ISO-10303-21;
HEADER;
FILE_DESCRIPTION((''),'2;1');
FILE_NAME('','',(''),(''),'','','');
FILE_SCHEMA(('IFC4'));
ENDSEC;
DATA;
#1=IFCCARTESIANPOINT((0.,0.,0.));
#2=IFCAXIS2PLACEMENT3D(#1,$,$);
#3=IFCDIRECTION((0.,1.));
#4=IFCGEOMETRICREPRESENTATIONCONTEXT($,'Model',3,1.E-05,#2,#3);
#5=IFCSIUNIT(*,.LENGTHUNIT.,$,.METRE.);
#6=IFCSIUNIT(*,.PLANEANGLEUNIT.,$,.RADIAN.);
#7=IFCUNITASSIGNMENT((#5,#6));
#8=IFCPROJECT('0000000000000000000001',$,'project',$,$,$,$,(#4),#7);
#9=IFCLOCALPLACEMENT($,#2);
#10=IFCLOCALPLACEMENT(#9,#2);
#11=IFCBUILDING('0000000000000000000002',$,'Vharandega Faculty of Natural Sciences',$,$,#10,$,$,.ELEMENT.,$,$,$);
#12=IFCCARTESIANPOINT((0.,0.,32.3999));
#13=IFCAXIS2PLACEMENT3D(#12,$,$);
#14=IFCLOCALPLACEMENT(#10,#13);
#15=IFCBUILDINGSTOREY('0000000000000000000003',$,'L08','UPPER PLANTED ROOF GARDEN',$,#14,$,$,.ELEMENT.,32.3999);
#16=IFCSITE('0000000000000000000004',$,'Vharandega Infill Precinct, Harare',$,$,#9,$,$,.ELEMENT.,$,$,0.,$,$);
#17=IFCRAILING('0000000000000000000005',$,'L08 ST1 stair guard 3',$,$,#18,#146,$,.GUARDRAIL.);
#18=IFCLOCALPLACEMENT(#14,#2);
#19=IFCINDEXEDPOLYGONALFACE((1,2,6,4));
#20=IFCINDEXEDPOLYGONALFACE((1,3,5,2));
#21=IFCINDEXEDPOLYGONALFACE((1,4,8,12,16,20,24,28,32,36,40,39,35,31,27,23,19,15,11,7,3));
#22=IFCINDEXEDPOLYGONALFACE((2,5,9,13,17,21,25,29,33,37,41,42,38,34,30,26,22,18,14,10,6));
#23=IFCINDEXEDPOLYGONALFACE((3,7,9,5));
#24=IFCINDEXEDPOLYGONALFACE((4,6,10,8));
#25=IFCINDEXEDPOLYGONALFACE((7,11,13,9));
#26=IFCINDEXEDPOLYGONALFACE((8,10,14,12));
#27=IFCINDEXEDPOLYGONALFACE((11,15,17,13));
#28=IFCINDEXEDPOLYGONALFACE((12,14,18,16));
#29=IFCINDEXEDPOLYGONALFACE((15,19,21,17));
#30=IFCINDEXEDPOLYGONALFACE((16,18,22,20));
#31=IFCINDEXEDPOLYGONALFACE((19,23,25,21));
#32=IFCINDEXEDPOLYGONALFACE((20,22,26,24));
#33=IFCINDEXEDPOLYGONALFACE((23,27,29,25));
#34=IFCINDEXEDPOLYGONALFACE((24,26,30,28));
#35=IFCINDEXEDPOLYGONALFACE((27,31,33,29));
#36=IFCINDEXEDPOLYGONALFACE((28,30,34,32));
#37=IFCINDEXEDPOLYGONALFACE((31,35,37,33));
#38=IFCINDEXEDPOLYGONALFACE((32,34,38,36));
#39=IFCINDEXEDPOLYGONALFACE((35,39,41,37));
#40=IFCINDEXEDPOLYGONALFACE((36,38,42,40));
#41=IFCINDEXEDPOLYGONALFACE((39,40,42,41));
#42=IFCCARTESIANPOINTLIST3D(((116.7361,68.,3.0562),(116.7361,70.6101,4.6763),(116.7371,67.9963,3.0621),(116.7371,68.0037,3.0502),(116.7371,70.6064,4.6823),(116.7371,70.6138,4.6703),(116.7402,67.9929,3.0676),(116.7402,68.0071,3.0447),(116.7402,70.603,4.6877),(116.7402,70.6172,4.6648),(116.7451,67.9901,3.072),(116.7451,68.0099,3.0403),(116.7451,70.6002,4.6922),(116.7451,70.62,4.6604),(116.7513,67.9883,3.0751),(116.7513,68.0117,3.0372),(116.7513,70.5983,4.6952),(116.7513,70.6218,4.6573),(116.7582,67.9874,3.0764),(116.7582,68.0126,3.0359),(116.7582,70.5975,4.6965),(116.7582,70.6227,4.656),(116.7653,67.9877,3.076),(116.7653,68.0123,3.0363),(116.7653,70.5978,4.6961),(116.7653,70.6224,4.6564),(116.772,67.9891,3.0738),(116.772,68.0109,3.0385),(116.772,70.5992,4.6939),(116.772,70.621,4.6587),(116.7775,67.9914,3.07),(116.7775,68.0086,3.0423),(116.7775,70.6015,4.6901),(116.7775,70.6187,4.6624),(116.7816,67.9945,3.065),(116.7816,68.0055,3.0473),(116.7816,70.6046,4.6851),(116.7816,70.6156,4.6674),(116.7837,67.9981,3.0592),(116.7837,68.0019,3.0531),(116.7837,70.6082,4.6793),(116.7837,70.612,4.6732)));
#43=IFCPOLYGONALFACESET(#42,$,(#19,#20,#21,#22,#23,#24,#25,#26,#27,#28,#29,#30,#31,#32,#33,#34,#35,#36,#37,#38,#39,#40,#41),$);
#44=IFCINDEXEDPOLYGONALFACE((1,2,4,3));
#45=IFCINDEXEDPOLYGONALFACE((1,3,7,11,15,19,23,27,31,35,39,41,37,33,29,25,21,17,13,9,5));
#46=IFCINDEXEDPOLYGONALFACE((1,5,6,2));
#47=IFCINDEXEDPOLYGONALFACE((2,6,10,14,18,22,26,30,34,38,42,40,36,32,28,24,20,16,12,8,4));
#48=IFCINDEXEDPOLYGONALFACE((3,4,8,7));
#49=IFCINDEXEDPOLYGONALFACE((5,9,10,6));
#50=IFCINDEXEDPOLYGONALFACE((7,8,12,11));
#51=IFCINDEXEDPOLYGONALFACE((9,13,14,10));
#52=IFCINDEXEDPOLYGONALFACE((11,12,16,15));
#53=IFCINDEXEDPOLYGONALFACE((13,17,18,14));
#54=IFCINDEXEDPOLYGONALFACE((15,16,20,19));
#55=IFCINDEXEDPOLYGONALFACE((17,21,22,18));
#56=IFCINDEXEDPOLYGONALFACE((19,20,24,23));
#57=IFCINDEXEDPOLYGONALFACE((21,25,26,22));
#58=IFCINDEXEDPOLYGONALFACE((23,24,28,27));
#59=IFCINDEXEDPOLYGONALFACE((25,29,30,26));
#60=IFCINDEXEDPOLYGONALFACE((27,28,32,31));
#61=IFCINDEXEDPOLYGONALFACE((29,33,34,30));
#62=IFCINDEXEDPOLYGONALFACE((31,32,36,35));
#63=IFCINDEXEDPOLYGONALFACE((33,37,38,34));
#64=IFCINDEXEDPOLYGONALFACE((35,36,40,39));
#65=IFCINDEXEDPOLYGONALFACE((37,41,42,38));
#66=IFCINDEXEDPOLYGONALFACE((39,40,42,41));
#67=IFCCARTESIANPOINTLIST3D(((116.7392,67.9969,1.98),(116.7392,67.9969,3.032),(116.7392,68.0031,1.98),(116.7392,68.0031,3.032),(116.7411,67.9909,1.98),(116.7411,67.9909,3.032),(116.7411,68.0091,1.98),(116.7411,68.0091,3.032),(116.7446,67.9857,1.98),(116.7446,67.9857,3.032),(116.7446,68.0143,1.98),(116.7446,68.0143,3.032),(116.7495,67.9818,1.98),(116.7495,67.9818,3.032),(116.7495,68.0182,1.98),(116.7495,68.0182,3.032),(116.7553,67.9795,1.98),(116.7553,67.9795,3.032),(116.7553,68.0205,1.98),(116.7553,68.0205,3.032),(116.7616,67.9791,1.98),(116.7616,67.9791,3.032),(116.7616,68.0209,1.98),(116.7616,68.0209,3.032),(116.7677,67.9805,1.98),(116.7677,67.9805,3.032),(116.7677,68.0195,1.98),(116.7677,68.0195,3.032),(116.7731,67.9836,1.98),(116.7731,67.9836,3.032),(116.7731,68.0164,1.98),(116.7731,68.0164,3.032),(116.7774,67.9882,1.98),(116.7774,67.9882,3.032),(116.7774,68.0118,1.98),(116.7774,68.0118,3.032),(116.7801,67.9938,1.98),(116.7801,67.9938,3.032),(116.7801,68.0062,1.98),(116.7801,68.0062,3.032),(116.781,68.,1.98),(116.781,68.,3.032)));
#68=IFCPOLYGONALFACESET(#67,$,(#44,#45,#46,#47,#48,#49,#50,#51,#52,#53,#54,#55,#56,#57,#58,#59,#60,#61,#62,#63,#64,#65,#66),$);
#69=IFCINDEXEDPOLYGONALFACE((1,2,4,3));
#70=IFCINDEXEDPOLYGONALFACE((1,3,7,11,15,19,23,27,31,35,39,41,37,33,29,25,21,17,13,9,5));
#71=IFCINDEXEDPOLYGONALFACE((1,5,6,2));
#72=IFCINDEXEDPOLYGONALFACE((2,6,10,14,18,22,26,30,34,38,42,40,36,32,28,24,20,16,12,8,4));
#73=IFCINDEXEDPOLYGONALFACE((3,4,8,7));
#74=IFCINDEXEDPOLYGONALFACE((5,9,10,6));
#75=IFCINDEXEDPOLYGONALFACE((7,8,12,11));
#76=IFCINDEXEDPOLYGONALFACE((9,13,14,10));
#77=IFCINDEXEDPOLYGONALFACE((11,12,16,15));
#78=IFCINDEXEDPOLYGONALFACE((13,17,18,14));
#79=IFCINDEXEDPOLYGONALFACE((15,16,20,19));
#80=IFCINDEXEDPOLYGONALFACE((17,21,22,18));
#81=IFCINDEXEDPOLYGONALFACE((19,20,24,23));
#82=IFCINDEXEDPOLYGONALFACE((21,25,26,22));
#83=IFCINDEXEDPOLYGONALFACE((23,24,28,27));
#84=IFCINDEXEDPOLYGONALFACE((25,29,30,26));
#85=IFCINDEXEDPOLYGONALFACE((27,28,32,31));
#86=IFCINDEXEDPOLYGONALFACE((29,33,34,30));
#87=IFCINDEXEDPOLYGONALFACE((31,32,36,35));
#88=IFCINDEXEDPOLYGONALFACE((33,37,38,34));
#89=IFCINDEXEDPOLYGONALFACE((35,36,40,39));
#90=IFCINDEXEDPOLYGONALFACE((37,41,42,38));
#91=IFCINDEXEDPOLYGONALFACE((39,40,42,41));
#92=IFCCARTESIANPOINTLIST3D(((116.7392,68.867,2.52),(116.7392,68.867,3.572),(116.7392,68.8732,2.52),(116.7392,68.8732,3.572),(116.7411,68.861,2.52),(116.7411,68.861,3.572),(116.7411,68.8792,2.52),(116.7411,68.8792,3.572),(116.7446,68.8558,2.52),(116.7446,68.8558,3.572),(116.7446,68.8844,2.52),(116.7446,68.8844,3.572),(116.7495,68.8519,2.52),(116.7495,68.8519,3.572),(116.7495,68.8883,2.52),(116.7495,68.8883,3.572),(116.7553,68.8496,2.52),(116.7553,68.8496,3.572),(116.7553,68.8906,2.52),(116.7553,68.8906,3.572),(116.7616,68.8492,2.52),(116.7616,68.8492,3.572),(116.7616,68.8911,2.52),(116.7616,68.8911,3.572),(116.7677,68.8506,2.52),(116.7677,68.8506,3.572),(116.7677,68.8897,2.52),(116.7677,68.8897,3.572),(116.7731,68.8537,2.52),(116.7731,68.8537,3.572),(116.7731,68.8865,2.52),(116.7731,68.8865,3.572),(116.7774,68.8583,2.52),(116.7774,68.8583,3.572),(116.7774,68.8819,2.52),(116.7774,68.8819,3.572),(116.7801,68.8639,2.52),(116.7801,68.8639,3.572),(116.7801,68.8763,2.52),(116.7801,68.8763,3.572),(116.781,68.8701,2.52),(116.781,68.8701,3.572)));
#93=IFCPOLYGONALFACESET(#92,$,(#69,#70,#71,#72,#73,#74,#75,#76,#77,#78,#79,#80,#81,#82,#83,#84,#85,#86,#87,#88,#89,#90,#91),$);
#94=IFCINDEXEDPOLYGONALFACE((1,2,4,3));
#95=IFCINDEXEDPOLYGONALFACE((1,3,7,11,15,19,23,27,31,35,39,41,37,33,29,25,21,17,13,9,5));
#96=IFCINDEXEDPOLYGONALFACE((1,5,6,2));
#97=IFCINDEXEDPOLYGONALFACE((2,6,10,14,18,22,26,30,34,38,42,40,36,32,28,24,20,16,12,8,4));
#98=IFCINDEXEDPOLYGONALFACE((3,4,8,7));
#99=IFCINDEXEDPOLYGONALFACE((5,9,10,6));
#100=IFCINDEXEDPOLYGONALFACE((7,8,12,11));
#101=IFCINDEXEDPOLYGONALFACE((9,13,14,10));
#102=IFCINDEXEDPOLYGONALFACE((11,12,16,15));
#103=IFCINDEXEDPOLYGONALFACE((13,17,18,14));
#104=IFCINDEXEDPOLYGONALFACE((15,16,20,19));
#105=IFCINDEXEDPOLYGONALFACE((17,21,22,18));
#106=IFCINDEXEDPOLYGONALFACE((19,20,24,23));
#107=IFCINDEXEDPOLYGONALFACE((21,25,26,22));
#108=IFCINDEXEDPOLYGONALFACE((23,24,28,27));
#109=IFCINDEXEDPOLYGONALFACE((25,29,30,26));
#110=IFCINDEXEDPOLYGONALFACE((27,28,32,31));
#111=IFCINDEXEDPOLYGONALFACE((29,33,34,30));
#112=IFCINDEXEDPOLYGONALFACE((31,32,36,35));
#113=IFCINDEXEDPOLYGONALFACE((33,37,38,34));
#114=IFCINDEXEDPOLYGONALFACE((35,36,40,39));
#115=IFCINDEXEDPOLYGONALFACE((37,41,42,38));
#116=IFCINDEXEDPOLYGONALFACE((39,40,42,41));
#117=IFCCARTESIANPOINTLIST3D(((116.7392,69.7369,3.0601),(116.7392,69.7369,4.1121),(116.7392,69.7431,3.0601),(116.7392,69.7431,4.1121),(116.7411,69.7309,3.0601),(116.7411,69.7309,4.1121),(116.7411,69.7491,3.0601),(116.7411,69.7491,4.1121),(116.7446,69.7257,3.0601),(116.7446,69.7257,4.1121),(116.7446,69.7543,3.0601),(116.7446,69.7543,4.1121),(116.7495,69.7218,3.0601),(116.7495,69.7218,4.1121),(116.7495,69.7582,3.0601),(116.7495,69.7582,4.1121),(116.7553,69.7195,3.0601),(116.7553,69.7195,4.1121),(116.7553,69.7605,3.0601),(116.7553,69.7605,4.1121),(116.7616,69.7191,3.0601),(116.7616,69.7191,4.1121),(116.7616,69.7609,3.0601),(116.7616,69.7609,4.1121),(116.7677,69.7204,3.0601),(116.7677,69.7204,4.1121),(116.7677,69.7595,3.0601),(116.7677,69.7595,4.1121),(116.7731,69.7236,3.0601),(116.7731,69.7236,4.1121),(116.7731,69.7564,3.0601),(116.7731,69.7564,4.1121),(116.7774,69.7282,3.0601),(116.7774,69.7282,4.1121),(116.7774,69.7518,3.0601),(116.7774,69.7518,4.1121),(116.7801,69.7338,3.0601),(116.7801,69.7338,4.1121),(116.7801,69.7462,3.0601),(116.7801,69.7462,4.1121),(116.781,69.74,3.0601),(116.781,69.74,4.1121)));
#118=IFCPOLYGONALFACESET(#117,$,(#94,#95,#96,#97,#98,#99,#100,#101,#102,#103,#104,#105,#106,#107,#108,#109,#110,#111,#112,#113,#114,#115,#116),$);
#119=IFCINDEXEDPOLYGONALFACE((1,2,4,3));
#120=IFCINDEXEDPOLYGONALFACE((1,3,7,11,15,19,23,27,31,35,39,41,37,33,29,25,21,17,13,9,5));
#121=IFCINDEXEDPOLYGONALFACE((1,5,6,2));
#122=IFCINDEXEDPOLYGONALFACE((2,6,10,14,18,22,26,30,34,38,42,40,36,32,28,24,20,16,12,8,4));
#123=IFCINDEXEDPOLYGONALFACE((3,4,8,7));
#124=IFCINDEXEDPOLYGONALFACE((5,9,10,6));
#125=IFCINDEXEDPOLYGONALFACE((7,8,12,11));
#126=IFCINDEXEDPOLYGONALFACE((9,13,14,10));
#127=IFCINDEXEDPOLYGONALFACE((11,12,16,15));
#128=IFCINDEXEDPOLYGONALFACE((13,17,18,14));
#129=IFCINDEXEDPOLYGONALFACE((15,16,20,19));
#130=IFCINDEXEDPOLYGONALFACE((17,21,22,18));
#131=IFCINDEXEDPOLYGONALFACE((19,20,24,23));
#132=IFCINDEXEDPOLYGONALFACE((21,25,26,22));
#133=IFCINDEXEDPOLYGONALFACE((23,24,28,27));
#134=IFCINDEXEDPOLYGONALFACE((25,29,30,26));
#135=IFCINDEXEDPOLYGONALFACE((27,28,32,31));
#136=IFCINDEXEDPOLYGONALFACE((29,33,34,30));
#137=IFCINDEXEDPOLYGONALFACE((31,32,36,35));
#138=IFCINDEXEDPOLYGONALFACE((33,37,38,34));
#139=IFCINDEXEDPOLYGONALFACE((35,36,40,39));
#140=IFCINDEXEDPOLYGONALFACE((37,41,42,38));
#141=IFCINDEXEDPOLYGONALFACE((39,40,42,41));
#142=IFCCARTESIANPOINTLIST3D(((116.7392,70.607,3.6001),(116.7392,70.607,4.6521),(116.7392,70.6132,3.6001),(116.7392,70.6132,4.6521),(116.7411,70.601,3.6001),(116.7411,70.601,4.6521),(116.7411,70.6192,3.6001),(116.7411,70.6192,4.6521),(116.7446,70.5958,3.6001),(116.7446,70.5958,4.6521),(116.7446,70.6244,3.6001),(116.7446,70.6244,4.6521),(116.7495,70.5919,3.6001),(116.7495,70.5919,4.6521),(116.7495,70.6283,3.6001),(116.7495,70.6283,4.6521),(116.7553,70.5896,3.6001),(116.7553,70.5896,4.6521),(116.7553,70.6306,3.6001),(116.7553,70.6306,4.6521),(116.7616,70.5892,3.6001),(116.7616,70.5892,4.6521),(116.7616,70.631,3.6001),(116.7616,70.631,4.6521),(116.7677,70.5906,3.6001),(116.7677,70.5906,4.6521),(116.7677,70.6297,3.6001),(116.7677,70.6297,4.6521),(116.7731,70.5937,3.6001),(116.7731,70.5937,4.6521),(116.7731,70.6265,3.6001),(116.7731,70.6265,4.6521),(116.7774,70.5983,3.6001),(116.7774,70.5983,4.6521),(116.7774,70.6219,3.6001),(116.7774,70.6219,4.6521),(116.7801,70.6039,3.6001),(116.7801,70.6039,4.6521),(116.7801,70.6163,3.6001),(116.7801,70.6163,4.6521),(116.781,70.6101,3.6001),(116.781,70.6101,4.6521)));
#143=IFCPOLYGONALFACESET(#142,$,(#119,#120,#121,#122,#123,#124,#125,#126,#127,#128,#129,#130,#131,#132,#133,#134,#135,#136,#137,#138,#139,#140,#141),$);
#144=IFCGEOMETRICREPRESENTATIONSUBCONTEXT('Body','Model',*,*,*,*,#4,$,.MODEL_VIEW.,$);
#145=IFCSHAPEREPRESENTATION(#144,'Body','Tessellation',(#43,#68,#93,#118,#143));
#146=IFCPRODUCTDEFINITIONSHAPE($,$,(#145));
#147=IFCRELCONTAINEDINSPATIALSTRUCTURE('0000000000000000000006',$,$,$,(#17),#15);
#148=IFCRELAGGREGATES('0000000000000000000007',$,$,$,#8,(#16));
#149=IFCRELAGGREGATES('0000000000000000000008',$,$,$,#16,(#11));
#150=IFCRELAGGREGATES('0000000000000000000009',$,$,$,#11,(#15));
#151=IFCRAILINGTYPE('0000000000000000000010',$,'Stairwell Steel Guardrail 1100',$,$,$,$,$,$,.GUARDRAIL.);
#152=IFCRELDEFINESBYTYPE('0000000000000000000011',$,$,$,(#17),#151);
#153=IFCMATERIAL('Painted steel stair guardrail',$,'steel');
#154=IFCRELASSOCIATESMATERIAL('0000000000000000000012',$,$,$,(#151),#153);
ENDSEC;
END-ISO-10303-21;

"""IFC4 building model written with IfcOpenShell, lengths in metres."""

from ifc_helpers import new_model, si_unit, direction, frame, origin, origin_2d, place, context, subcontext, project, spatial, circle, extrude, material, type_object, element, save


model = new_model("IFC4")

# Units and contexts
model_context = context("Model", 3, precision=1e-05, world=origin(), true_north=direction((0.0, 1.0)))
body_context = subcontext(model_context, "Body", "Model", "MODEL_VIEW")
ifc_project = project(units=[si_unit("LENGTHUNIT", "METRE"), si_unit("PLANEANGLEUNIT", "RADIAN")], contexts=[model_context])

# Site, building, storey
site_placement = place(None, origin())
site = spatial("IfcSite", under=ifc_project, at=site_placement, Name="Vharandega Infill Precinct, Harare", CompositionType="ELEMENT", RefElevation=0.0)
building_placement = place(site_placement, origin())
building = spatial("IfcBuilding", under=site, at=building_placement, Name="Vharandega Faculty of Natural Sciences", CompositionType="ELEMENT")
storey_placement = place(building_placement, frame((0.0, 0.0, 32.3999)))
storey = spatial("IfcBuildingStorey", under=building, at=storey_placement, Name="L08", Description="UPPER PLANTED ROOF GARDEN", CompositionType="ELEMENT", Elevation=32.3999)

# Railing
ifc_material_1 = material(Name="Painted steel stair guardrail", Category="steel")
railing_type_1 = type_object("IfcRailingType", Name="Stairwell Steel Guardrail 1100", PredefinedType="GUARDRAIL", material=ifc_material_1)
railing_1_placement = place(storey_placement, frame((116.76, 68.0, 1.98)))
element("IfcRailing", 1, at=railing_1_placement, inside=storey, type_object=railing_type_1, Name="L08 ST1 stair guard 3", PredefinedType="GUARDRAIL", context=body_context, shape_type="SweptSolid", body=[
    extrude(circle(Radius=0.0239, at=origin_2d()), frame((0.0, 0.0, 1.0762), z_axis=(0.0, 0.849633, 0.527375), x_axis=(-1.0, 0.0, 0.0)), (0.0, 0.0, 1.0), 3.072),
    extrude(circle(Radius=0.021, at=origin_2d()), origin(), (0.0, 0.0, 1.0), 1.052),
    extrude(circle(Radius=0.021, at=origin_2d()), frame((0.0, 0.8701, 0.54)), (0.0, 0.0, 1.0), 1.052),
    extrude(circle(Radius=0.021, at=origin_2d()), frame((0.0, 1.74, 1.0801)), (0.0, 0.0, 1.0), 1.052),
    extrude(circle(Radius=0.021, at=origin_2d()), frame((0.0, 2.6101, 1.6201)), (0.0, 0.0, 1.0), 1.052),
])

save(model, "model.ifc")
